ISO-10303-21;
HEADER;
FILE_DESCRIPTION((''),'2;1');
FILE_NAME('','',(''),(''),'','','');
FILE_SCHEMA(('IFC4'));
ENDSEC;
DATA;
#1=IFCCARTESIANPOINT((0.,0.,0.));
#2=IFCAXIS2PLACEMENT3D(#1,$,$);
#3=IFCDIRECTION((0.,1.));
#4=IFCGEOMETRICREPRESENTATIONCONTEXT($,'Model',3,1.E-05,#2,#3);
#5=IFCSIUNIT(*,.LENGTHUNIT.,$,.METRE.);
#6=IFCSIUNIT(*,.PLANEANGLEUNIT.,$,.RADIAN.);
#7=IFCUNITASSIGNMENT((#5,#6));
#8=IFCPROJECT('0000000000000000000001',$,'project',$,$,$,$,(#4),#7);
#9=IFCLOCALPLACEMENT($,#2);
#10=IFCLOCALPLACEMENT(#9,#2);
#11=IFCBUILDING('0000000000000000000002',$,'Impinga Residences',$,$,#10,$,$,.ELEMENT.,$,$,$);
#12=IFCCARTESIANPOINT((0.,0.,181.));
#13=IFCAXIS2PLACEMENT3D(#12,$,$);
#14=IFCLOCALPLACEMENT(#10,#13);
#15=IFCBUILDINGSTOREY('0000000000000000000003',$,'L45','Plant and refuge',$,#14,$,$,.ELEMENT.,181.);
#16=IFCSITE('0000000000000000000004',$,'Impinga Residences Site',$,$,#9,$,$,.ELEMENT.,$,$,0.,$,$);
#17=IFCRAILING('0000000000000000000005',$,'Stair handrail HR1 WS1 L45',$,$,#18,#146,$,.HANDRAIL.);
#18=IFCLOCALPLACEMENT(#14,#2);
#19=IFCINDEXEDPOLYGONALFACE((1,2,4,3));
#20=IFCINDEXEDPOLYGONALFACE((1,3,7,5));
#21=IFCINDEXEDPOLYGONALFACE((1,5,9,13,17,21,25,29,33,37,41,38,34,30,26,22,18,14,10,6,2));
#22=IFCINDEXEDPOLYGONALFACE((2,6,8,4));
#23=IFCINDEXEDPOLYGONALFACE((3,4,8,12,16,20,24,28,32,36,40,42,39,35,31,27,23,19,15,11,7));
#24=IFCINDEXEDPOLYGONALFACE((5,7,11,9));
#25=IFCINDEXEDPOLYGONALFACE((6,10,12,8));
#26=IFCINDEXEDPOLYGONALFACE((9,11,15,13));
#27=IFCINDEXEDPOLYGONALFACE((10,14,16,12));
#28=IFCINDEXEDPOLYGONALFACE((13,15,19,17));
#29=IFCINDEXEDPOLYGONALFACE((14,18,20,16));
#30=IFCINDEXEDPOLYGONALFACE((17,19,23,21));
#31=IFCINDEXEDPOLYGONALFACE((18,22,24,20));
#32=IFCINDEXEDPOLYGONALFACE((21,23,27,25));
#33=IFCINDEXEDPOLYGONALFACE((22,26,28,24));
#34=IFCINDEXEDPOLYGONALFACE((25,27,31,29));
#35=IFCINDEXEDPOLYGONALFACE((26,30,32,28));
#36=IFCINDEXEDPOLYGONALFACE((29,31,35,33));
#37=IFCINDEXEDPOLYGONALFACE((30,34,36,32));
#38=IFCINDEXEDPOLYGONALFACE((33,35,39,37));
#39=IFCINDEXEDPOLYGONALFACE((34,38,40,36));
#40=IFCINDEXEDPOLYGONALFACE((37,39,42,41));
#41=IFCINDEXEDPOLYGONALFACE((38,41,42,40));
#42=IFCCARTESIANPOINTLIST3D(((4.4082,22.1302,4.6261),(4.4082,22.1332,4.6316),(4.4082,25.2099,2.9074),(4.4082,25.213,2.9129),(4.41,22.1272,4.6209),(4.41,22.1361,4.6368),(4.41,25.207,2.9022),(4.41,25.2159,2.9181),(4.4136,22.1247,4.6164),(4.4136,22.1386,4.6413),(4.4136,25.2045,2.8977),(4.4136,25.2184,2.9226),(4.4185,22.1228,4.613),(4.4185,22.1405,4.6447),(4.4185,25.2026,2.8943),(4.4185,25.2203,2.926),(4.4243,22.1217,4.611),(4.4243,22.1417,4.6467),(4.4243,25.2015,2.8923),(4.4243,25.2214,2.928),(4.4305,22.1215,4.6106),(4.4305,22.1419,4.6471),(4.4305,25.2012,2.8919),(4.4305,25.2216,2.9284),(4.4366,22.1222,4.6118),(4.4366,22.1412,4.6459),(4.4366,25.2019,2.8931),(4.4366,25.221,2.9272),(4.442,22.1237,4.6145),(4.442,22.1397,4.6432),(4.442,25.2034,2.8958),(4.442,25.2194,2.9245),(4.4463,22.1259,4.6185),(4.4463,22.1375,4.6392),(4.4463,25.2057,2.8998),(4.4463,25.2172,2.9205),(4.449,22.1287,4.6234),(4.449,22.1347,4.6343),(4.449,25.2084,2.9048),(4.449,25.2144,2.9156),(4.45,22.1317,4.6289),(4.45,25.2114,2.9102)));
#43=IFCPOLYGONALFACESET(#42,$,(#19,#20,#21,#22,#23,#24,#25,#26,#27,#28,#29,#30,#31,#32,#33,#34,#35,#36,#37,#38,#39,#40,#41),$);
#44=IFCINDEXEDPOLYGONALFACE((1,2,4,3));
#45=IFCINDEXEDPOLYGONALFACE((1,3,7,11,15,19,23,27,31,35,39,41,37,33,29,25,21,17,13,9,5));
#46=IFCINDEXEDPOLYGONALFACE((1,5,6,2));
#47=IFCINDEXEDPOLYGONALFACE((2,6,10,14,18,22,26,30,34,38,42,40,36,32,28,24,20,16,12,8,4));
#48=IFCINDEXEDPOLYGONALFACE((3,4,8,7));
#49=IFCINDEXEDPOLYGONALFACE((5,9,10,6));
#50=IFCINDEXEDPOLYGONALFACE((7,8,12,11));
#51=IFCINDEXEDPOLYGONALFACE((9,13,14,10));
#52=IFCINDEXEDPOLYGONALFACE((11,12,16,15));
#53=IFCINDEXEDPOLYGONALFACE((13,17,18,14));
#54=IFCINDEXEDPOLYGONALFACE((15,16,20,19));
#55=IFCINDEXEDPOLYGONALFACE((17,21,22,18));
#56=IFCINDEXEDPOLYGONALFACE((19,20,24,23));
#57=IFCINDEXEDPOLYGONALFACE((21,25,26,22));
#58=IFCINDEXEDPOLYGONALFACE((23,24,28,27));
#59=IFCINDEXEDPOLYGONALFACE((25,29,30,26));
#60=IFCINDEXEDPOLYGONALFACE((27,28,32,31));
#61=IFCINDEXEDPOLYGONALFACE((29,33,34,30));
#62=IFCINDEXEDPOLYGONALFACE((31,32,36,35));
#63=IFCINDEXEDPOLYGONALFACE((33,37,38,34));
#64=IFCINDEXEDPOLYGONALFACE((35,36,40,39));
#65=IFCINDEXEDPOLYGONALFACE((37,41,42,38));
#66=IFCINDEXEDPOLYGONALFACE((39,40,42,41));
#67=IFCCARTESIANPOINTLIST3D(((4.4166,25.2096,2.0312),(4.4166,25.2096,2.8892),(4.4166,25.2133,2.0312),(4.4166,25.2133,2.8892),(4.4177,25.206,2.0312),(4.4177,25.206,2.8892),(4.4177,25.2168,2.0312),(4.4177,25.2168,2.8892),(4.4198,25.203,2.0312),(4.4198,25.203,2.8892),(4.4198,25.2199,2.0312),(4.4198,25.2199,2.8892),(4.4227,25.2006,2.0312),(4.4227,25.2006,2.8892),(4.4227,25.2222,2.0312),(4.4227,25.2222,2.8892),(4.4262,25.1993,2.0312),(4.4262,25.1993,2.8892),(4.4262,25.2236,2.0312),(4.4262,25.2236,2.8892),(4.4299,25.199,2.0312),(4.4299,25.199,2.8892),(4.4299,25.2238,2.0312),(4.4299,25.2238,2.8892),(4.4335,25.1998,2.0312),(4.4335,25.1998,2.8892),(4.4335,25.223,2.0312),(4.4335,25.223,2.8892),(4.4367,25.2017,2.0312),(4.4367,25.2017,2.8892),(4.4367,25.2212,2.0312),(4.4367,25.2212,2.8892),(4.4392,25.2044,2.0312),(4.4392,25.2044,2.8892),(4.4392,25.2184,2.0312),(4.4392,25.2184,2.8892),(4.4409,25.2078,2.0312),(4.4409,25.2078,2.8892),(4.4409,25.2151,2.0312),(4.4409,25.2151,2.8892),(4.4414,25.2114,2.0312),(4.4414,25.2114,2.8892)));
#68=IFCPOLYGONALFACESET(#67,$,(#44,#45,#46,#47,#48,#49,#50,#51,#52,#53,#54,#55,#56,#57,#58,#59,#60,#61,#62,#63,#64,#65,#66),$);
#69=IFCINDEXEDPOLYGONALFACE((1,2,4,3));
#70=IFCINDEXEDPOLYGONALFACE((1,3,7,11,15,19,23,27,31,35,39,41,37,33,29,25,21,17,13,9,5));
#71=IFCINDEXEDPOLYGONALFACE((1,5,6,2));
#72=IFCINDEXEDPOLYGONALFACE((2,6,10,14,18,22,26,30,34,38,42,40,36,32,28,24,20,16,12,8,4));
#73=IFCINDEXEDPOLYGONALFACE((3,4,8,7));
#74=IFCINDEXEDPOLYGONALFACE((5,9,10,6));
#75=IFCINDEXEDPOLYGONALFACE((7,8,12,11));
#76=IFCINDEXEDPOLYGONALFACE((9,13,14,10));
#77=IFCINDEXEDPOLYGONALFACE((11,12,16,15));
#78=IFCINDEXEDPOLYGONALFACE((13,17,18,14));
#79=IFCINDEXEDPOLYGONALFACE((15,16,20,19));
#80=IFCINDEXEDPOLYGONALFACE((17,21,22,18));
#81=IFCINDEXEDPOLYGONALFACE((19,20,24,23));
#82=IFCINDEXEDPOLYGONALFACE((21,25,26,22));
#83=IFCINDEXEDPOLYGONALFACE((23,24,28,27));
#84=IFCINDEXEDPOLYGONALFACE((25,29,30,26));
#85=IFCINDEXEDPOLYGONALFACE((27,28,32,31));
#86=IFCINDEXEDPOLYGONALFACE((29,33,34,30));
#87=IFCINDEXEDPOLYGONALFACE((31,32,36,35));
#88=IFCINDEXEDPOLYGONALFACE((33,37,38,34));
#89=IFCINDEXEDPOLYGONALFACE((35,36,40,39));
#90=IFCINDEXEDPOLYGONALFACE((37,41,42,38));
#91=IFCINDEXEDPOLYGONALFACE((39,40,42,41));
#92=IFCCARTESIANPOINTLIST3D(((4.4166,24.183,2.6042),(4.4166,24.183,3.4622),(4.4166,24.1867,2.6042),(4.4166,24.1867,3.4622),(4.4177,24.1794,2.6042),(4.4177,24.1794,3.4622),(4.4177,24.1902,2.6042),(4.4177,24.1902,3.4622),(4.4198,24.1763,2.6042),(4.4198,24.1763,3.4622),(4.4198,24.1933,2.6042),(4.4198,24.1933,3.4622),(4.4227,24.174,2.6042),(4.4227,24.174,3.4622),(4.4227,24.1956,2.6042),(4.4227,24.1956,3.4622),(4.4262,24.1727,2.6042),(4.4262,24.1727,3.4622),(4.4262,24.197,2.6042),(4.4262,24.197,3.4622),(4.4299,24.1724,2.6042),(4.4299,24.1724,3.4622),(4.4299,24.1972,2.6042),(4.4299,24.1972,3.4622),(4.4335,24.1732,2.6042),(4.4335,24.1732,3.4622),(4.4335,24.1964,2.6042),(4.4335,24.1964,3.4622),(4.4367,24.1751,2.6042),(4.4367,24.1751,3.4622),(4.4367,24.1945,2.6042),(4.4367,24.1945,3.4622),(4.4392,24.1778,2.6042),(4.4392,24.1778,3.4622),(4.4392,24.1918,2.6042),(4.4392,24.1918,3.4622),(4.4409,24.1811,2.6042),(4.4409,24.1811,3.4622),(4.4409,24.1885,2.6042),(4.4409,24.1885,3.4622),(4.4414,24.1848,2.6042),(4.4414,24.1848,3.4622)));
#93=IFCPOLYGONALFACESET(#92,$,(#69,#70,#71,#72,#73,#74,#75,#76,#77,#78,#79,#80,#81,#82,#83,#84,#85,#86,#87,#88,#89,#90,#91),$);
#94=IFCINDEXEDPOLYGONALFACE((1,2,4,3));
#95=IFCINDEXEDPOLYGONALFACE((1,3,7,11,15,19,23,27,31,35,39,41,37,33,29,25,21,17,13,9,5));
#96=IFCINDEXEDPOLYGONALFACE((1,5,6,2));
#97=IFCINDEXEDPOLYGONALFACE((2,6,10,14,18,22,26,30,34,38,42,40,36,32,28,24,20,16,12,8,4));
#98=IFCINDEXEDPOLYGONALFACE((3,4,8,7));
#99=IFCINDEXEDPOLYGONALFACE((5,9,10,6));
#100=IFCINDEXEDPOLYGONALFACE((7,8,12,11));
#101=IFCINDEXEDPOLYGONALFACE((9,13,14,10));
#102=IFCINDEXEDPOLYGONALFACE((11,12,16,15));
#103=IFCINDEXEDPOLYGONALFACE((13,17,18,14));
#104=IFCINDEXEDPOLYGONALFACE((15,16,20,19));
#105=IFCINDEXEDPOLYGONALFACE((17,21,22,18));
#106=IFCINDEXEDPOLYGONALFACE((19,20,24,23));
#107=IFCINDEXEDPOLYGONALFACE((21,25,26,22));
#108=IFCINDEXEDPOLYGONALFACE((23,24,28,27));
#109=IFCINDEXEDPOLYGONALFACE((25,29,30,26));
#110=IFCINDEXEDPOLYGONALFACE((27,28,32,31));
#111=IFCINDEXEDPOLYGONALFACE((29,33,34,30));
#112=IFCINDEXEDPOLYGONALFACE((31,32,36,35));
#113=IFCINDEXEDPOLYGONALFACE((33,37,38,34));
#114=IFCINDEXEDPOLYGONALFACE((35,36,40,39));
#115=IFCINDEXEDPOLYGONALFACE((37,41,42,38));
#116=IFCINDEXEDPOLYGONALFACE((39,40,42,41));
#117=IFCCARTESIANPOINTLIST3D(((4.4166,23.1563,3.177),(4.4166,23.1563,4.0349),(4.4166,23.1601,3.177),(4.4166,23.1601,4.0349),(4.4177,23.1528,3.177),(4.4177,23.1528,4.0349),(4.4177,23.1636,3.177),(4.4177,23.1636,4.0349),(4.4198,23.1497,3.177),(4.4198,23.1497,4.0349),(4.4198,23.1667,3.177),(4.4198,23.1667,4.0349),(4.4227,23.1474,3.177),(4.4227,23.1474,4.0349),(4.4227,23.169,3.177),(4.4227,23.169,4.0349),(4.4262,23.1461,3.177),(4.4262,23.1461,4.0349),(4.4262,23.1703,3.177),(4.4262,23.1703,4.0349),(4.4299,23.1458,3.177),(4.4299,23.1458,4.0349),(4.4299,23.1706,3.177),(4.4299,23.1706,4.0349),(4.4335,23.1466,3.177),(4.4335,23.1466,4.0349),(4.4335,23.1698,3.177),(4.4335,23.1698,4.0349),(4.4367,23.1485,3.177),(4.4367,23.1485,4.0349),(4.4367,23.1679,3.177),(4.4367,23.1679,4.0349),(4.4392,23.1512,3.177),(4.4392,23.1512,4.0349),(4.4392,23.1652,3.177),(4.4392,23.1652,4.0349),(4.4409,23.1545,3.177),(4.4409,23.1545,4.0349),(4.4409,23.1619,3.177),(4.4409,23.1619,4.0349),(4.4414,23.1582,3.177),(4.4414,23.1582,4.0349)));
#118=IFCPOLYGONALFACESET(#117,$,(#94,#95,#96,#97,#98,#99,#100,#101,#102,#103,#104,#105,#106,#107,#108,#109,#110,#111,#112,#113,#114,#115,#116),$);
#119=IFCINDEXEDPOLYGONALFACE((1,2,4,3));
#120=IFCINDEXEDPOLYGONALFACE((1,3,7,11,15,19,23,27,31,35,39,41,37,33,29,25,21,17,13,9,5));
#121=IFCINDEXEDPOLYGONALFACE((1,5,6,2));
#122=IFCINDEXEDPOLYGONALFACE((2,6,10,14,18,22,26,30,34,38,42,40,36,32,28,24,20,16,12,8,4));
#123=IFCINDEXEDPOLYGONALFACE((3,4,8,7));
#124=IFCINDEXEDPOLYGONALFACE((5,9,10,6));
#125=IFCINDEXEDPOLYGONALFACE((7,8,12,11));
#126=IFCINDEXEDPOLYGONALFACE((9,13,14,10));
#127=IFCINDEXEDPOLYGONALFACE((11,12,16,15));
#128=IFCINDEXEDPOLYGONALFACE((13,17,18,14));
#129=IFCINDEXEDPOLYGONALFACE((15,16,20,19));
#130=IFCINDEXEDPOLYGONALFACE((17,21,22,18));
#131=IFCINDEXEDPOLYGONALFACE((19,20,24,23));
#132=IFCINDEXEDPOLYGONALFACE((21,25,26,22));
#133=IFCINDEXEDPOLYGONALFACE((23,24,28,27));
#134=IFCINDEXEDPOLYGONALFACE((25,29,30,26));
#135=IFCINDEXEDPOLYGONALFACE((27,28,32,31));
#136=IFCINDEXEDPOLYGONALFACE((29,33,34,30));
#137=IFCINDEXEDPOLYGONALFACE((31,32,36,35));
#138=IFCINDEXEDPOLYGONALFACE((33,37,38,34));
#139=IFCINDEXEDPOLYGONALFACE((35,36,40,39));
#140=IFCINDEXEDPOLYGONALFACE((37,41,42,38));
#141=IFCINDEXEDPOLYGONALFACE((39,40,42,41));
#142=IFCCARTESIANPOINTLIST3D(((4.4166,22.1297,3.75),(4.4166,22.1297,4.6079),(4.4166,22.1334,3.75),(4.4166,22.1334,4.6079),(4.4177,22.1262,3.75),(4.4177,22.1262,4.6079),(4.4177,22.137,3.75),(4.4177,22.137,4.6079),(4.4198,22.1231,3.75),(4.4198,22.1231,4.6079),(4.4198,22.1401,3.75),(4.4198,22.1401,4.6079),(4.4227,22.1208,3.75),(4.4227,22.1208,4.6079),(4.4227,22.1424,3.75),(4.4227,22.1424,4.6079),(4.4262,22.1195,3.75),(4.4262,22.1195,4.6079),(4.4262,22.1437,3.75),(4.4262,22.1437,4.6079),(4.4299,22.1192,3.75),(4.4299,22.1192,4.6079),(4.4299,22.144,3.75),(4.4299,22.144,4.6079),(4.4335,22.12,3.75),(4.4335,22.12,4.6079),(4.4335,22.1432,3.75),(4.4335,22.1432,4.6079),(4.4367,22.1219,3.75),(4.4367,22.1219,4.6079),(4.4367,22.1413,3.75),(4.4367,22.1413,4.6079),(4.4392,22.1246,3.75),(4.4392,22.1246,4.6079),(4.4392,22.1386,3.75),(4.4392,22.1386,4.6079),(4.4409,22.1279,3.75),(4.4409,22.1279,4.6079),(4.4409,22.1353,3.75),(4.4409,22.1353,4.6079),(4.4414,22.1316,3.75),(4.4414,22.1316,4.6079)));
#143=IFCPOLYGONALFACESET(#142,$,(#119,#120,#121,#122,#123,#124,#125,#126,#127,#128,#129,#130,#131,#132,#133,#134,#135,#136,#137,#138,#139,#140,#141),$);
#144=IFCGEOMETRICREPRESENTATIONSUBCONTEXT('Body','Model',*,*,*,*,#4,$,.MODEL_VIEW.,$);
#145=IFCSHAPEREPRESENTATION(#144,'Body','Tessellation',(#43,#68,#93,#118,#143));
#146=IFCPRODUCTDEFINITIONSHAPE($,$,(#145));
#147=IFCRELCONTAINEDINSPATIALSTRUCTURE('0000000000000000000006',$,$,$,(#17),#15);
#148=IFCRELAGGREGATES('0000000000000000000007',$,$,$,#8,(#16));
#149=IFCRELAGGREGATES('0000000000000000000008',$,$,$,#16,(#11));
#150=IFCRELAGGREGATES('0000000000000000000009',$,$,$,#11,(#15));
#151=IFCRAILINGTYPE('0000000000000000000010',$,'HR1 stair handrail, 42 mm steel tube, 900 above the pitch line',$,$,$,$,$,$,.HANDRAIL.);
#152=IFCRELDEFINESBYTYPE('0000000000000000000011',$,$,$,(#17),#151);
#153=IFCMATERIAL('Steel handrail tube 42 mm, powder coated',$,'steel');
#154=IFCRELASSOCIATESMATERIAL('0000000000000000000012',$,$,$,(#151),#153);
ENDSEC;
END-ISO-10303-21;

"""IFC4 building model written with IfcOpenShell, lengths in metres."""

from ifc_helpers import new_model, si_unit, direction, frame, origin, origin_2d, place, context, subcontext, project, spatial, circle, extrude, material, type_object, element, save


model = new_model("IFC4")

# Units and contexts
model_context = context("Model", 3, precision=1e-05, world=origin(), true_north=direction((0.0, 1.0)))
body_context = subcontext(model_context, "Body", "Model", "MODEL_VIEW")
ifc_project = project(units=[si_unit("LENGTHUNIT", "METRE"), si_unit("PLANEANGLEUNIT", "RADIAN")], contexts=[model_context])

# Site, building, storey
site_placement = place(None, origin())
site = spatial("IfcSite", under=ifc_project, at=site_placement, Name="Impinga Residences Site", CompositionType="ELEMENT", RefElevation=0.0)
building_placement = place(site_placement, origin())
building = spatial("IfcBuilding", under=site, at=building_placement, Name="Impinga Residences", CompositionType="ELEMENT")
storey_placement = place(building_placement, frame((0.0, 0.0, 181.0)))
storey = spatial("IfcBuildingStorey", under=building, at=storey_placement, Name="L45", Description="Plant and refuge", CompositionType="ELEMENT", Elevation=181.0)

# Railing
ifc_material_1 = material(Name="Steel handrail tube 42 mm, powder coated", Category="steel")
railing_type_1 = type_object("IfcRailingType", Name="HR1 stair handrail, 42 mm steel tube, 900 above the pitch line", PredefinedType="HANDRAIL", material=ifc_material_1)
for number, where, name in (
    (1, (4.429, 25.2114, 2.0312), "Stair handrail HR1 WS1 L45"),
):
    element("IfcRailing", number, at=place(storey_placement, frame(where)), inside=storey, type_object=railing_type_1, Name=name, PredefinedType="HANDRAIL", context=body_context, shape_type="SweptSolid", body=[
        extrude(circle(Radius=0.021, at=origin_2d()), frame((0.0, 0.0, 0.8789), z_axis=(0.0, -0.873225, 0.487317), x_axis=(1.0, 0.0, 0.0)), (0.0, 0.0, 1.0), 3.5269),
        extrude(circle(Radius=0.0125, at=origin_2d()), origin(), (0.0, 0.0, 1.0), 0.8579),
        extrude(circle(Radius=0.0125, at=origin_2d()), frame((0.0, -1.0266, 0.573)), (0.0, 0.0, 1.0), 0.8579),
        extrude(circle(Radius=0.0125, at=origin_2d()), frame((0.0, -2.0532, 1.1458)), (0.0, 0.0, 1.0), 0.8579),
        extrude(circle(Radius=0.0125, at=origin_2d()), frame((0.0, -3.0798, 1.7188)), (0.0, 0.0, 1.0), 0.8579),
    ])

save(model, "model.ifc")
